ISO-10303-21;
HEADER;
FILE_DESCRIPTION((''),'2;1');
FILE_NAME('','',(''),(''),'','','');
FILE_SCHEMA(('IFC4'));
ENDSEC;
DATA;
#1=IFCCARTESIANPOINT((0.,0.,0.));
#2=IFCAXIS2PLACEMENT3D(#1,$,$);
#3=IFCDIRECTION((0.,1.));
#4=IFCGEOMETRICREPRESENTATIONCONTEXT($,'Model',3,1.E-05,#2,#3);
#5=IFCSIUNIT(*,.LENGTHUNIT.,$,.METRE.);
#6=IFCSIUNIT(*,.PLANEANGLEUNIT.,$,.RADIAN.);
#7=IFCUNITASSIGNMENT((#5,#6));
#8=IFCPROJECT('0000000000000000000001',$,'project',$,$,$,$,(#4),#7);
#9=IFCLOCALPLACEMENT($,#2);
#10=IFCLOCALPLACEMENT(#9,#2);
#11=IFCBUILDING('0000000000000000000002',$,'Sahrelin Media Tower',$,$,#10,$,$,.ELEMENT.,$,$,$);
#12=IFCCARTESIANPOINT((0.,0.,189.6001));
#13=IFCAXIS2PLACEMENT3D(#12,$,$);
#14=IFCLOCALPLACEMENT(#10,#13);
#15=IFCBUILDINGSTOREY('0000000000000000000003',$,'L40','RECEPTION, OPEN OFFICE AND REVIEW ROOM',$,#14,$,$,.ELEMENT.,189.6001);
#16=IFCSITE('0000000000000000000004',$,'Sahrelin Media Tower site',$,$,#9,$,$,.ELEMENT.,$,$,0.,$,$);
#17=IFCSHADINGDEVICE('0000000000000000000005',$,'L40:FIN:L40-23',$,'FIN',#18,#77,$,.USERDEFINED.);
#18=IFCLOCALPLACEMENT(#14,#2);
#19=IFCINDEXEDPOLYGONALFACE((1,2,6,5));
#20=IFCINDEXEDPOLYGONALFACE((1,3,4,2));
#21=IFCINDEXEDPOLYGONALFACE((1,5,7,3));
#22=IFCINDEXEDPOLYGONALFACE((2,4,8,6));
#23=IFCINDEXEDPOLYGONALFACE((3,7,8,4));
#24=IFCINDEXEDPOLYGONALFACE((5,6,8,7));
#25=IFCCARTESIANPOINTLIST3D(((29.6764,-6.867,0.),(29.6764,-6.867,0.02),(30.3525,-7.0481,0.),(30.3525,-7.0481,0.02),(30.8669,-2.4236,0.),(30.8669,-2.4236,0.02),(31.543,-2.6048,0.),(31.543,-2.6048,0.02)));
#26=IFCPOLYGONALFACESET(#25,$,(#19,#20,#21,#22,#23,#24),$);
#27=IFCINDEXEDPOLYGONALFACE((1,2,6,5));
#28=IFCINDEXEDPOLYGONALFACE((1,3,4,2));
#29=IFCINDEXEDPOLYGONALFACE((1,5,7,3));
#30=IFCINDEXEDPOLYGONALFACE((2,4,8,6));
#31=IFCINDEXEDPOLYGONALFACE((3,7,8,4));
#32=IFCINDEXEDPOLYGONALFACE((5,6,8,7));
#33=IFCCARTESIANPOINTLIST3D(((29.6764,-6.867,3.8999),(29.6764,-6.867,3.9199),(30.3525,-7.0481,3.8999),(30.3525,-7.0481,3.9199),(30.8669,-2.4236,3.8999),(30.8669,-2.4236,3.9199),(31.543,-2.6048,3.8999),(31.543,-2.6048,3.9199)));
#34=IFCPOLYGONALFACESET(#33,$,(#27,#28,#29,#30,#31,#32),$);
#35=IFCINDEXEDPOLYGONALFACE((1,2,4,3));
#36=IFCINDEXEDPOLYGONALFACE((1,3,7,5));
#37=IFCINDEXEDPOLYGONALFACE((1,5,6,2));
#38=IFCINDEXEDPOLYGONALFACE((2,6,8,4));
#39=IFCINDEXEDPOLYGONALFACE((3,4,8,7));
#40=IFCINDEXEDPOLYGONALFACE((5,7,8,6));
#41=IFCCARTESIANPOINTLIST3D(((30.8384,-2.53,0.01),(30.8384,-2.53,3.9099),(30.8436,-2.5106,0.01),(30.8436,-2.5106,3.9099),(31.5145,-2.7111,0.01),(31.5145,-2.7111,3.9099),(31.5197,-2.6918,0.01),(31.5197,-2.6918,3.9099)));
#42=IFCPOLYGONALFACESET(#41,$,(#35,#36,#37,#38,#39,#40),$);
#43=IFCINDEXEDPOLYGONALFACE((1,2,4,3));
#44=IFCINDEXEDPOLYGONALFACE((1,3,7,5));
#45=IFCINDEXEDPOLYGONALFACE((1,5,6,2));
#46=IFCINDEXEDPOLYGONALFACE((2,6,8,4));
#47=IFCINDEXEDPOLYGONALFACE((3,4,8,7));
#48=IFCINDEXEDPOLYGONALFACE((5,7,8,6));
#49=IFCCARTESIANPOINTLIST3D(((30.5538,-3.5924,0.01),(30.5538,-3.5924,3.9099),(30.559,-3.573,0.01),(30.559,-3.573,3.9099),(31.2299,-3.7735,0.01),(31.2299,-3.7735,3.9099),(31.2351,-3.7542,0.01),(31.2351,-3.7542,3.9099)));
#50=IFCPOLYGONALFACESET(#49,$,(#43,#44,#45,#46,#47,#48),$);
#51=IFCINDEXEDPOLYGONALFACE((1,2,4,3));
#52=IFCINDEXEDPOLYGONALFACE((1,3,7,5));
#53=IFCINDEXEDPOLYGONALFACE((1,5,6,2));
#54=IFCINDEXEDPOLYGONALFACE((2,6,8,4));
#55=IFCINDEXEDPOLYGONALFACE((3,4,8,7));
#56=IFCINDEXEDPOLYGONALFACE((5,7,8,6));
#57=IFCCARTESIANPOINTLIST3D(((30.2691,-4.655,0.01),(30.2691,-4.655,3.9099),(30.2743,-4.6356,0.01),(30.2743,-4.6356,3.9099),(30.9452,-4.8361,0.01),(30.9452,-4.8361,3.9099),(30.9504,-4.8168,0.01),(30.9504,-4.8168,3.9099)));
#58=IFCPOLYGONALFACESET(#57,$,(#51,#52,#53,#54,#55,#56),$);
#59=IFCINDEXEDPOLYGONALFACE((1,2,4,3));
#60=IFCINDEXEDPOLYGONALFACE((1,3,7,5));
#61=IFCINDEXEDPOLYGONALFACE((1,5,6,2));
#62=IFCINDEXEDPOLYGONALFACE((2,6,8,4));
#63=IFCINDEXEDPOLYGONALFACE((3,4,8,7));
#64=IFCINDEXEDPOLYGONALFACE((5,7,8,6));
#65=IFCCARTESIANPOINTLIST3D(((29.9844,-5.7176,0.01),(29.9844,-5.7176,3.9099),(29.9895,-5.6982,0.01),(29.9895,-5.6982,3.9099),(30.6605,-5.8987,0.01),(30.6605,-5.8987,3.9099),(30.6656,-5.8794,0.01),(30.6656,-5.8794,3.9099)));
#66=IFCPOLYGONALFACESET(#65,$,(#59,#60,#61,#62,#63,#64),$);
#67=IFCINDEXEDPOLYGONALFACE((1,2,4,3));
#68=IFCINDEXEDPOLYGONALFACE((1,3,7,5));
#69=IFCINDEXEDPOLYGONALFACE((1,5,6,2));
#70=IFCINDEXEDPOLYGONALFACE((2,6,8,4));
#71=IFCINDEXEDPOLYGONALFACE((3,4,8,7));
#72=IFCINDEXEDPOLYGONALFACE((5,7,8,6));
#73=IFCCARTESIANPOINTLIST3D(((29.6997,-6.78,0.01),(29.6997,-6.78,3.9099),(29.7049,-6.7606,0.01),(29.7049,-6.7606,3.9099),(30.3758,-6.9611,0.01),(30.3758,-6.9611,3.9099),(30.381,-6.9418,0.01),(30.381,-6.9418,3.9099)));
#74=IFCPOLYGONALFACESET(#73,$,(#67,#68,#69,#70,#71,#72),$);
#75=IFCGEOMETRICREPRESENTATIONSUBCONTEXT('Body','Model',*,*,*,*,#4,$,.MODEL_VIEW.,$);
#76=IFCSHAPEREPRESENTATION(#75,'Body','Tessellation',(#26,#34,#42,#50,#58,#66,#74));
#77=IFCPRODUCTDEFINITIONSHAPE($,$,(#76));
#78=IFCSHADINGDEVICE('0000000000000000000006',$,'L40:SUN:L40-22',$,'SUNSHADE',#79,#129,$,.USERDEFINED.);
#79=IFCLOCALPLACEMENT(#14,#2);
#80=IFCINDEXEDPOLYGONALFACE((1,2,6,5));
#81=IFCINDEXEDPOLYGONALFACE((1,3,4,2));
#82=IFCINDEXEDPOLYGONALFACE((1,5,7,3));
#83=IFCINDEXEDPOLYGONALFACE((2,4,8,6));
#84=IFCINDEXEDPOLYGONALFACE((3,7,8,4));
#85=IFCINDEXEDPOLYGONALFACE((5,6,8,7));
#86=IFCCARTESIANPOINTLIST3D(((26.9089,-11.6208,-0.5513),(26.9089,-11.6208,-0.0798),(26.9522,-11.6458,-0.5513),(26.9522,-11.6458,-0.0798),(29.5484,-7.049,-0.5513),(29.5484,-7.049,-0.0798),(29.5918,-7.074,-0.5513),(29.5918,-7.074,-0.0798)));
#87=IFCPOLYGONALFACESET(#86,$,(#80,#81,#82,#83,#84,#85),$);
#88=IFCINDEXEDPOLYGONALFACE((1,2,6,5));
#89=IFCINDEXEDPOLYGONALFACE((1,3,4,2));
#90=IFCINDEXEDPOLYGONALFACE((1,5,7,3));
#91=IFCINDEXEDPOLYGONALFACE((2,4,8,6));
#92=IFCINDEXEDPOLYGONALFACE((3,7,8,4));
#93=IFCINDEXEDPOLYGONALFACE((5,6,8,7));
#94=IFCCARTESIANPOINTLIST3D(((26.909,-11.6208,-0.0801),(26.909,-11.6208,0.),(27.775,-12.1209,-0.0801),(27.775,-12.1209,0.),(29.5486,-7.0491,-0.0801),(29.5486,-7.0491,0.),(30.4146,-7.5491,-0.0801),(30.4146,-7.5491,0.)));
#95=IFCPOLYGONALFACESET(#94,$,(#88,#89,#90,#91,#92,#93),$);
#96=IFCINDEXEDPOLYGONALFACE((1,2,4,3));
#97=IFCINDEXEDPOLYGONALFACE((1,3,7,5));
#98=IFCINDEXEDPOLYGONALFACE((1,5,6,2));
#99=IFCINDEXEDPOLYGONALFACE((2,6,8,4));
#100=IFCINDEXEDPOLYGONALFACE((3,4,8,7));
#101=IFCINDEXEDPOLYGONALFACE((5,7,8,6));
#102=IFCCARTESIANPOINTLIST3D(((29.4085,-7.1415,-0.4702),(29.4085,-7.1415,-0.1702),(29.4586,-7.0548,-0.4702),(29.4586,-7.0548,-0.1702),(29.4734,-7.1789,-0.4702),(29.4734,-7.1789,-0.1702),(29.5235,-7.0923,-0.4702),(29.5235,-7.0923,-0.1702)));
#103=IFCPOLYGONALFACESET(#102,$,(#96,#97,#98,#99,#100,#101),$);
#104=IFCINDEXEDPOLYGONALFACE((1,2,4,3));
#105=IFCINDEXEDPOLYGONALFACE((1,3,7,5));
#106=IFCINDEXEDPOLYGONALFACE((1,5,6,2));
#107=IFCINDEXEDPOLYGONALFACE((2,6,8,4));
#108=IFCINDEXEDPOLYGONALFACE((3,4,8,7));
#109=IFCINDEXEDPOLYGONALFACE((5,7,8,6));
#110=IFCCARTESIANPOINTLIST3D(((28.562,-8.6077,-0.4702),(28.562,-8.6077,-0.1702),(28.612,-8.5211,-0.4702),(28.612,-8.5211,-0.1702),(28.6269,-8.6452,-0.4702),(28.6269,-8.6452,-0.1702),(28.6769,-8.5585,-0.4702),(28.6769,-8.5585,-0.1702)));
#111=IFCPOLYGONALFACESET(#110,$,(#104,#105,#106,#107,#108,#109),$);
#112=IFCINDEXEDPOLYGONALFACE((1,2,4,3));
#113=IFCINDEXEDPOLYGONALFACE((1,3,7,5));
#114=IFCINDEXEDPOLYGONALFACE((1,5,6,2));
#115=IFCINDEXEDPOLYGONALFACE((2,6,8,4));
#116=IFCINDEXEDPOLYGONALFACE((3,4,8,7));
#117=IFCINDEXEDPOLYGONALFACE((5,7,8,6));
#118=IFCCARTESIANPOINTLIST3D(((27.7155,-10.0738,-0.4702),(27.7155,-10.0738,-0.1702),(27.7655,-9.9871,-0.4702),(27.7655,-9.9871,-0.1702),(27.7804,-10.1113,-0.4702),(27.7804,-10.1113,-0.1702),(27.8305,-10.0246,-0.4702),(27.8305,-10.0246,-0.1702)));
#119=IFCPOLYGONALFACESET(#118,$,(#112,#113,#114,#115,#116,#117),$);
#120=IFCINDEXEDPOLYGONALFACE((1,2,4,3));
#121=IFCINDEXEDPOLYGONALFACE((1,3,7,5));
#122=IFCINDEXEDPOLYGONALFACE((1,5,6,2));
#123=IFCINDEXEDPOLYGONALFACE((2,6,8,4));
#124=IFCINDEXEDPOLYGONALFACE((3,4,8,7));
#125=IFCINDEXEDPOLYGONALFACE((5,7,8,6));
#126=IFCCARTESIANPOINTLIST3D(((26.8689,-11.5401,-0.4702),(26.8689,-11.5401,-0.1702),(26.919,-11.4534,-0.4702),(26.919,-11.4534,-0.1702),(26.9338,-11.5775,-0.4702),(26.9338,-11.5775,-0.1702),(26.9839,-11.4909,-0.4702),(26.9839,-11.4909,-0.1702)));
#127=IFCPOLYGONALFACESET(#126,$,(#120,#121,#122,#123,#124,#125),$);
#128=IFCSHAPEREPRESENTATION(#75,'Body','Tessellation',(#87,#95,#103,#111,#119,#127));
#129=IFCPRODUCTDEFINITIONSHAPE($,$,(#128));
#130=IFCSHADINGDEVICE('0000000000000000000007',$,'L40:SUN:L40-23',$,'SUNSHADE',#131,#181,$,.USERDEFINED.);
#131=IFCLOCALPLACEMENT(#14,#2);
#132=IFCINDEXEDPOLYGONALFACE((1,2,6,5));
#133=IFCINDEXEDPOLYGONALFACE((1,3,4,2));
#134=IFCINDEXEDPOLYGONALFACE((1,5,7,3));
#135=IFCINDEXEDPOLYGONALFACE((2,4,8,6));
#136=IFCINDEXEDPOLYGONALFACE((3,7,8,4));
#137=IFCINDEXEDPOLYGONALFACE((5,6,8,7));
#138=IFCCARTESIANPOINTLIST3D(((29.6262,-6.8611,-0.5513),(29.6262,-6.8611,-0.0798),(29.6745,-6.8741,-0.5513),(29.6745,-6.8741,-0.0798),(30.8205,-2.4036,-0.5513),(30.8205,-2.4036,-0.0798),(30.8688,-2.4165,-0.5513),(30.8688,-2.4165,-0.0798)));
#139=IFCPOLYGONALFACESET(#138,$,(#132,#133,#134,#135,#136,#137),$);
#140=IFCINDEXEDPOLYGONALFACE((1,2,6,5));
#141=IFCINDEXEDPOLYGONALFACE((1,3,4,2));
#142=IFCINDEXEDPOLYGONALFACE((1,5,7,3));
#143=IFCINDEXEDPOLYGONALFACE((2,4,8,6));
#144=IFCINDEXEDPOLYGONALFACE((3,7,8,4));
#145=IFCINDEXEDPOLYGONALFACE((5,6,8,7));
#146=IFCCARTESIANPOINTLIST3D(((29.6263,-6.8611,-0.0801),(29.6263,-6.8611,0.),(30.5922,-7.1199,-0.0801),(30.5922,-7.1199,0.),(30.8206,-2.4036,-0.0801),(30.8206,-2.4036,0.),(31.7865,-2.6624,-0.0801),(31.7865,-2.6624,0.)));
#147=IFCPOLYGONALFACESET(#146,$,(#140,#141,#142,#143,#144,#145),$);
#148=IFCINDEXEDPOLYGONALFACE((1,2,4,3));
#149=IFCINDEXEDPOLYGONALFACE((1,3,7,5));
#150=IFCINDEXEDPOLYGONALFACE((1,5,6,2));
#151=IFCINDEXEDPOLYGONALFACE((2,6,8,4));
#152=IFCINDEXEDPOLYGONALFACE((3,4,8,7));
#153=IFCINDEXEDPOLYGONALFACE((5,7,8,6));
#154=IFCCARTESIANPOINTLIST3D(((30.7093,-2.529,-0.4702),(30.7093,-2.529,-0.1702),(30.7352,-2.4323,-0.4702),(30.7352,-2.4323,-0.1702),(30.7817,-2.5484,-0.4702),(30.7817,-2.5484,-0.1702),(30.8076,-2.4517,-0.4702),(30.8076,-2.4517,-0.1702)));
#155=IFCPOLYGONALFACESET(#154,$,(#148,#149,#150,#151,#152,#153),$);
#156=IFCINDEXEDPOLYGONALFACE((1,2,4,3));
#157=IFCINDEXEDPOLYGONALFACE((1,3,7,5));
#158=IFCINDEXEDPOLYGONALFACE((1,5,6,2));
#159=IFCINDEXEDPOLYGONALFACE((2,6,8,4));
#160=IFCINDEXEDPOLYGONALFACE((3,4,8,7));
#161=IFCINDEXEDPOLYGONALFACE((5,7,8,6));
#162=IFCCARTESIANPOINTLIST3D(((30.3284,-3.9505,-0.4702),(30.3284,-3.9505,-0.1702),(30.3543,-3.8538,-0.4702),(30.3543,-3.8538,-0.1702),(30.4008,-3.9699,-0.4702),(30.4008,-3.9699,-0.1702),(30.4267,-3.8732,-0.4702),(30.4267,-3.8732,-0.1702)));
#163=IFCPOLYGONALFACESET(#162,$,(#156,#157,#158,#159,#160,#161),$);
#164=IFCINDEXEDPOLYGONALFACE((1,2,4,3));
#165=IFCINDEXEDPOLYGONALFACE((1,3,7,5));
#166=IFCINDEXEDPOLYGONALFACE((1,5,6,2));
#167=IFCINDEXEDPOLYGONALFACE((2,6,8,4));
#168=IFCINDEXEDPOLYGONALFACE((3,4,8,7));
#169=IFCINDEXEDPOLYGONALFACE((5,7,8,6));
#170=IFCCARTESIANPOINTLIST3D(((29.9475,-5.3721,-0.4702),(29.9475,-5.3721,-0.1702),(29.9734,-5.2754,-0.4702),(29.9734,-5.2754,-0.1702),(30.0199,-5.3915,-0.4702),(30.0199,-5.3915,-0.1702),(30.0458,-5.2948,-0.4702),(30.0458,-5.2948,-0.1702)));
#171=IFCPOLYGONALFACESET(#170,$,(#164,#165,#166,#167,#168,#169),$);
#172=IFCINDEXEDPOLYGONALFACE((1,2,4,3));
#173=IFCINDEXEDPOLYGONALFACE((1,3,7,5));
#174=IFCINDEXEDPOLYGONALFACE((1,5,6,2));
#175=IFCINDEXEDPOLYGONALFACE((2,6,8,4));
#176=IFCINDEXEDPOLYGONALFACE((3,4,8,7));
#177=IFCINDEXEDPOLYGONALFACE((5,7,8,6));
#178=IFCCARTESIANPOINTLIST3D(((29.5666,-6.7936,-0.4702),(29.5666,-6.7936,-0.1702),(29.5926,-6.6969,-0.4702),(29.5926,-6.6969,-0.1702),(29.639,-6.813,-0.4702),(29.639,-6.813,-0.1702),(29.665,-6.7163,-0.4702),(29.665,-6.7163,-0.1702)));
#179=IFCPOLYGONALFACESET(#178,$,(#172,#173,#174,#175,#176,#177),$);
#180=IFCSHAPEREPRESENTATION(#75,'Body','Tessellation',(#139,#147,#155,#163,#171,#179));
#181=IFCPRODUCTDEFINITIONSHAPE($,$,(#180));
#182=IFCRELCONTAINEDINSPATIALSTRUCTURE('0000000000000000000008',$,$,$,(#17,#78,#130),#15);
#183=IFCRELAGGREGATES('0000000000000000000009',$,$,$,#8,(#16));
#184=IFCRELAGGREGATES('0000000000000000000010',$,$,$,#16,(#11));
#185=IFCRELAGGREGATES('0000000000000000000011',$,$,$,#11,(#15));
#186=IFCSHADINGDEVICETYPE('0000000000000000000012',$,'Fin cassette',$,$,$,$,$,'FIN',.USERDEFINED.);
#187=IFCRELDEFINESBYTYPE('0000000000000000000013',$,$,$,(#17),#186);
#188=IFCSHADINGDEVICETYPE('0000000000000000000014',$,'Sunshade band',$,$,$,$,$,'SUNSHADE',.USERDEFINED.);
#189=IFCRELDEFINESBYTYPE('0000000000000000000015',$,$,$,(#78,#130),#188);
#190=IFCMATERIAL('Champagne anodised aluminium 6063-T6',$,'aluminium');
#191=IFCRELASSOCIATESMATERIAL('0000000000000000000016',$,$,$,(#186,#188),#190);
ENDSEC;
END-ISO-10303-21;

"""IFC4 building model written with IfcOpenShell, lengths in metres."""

from ifc_helpers import new_model, si_unit, direction, frame, origin, origin_2d, place, context, subcontext, project, spatial, rectangle, extrude, material, type_object, element, save


model = new_model("IFC4")

# Units and contexts
model_context = context("Model", 3, precision=1e-05, world=origin(), true_north=direction((0.0, 1.0)))
body_context = subcontext(model_context, "Body", "Model", "MODEL_VIEW")
ifc_project = project(units=[si_unit("LENGTHUNIT", "METRE"), si_unit("PLANEANGLEUNIT", "RADIAN")], contexts=[model_context])

# Site, building, storey
site_placement = place(None, origin())
site = spatial("IfcSite", under=ifc_project, at=site_placement, Name="Sahrelin Media Tower site", CompositionType="ELEMENT", RefElevation=0.0)
building_placement = place(site_placement, origin())
building = spatial("IfcBuilding", under=site, at=building_placement, Name="Sahrelin Media Tower", CompositionType="ELEMENT")
storey_placement = place(building_placement, frame((0.0, 0.0, 189.6001)))
storey = spatial("IfcBuildingStorey", under=building, at=storey_placement, Name="L40", Description="RECEPTION, OPEN OFFICE AND REVIEW ROOM", CompositionType="ELEMENT", Elevation=189.6001)

# Shared definitions
ifc_material_1 = material(Name="Champagne anodised aluminium 6063-T6", Category="aluminium")

# Shading devices
shading_device_type_1 = type_object("IfcShadingDeviceType", Name="Fin cassette", ElementType="FIN", PredefinedType="USERDEFINED", material=ifc_material_1)
placement_1 = place(storey_placement, frame((28.2114, -9.325, 0.0), z_axis=(0.0, 0.0, 1.0), x_axis=(-0.500011, -0.866019, 0.0)))
placement_2 = place(storey_placement, frame((30.2041, -4.6272, 0.0), z_axis=(0.0, 0.0, 1.0), x_axis=(-0.258808, -0.965929, 0.0)))
element("IfcShadingDevice", 1, at=placement_2, inside=storey, type_object=shading_device_type_1, Name="L40:FIN:L40-23", ObjectType="FIN", PredefinedType="USERDEFINED", context=body_context, shape_type="SweptSolid", body=[
    extrude(rectangle(XDim=4.6001, YDim=0.7, at=origin_2d()), frame((0.0, 0.4199, 0.0)), (0.0, 0.0, 1.0), 0.02),
    extrude(rectangle(XDim=4.6001, YDim=0.7, at=origin_2d()), frame((0.0, 0.4199, 3.8999)), (0.0, 0.0, 1.0), 0.02),
    extrude(rectangle(XDim=0.02, YDim=0.7, at=origin_2d()), frame((-2.2, 0.4199, 0.01), z_axis=(0.0, 0.0, 1.0), x_axis=(1.0, 0.0, 0.0)), (0.0, 0.0, 1.0), 3.8999),
    extrude(rectangle(XDim=0.02, YDim=0.7, at=origin_2d()), frame((-1.1001, 0.4199, 0.01), z_axis=(0.0, 0.0, 1.0), x_axis=(1.0, 0.0, 0.0)), (0.0, 0.0, 1.0), 3.8999),
    extrude(rectangle(XDim=0.02, YDim=0.7, at=origin_2d()), frame((0.0, 0.4199, 0.01), z_axis=(0.0, 0.0, 1.0), x_axis=(1.0, 0.0, 0.0)), (0.0, 0.0, 1.0), 3.8999),
    extrude(rectangle(XDim=0.02, YDim=0.7, at=origin_2d()), frame((1.1001, 0.4199, 0.01), z_axis=(0.0, 0.0, 1.0), x_axis=(1.0, 0.0, 0.0)), (0.0, 0.0, 1.0), 3.8999),
    extrude(rectangle(XDim=0.02, YDim=0.7, at=origin_2d()), frame((2.2, 0.4199, 0.01), z_axis=(0.0, 0.0, 1.0), x_axis=(1.0, 0.0, 0.0)), (0.0, 0.0, 1.0), 3.8999),
])
shading_device_type_2 = type_object("IfcShadingDeviceType", Name="Sunshade band", ElementType="SUNSHADE", PredefinedType="USERDEFINED", material=ifc_material_1)
element("IfcShadingDevice", 2, at=placement_1, inside=storey, type_object=shading_device_type_2, Name="L40:SUN:L40-22", ObjectType="SUNSHADE", PredefinedType="USERDEFINED", context=body_context, shape_type="SweptSolid", body=[
    extrude(rectangle(XDim=5.2791, YDim=0.05, at=origin_2d()), frame((0.0, 0.0449, -0.5513)), (0.0, 0.0, 1.0), 0.4714),
    extrude(rectangle(XDim=5.2791, YDim=1.0, at=origin_2d()), frame((0.0, 0.52, -0.0801)), (0.0, 0.0, 1.0), 0.0801),
    extrude(rectangle(XDim=0.1001, YDim=0.075, at=origin_2d()), frame((-2.5396, -0.0176, -0.4702)), (0.0, 0.0, 1.0), 0.3),
    extrude(rectangle(XDim=0.1001, YDim=0.075, at=origin_2d()), frame((-0.8464, -0.0176, -0.4702)), (0.0, 0.0, 1.0), 0.3),
    extrude(rectangle(XDim=0.1001, YDim=0.075, at=origin_2d()), frame((0.8464, -0.0176, -0.4702)), (0.0, 0.0, 1.0), 0.3),
    extrude(rectangle(XDim=0.1001, YDim=0.075, at=origin_2d()), frame((2.5396, -0.0176, -0.4702)), (0.0, 0.0, 1.0), 0.3),
])
element("IfcShadingDevice", 3, at=placement_2, inside=storey, type_object=shading_device_type_2, Name="L40:SUN:L40-23", ObjectType="SUNSHADE", PredefinedType="USERDEFINED", context=body_context, shape_type="SweptSolid", body=[
    extrude(rectangle(XDim=4.6147, YDim=0.05, at=origin_2d()), frame((0.0, 0.0449, -0.5513)), (0.0, 0.0, 1.0), 0.4714),
    extrude(rectangle(XDim=4.6147, YDim=1.0, at=origin_2d()), frame((0.0, 0.52, -0.0801)), (0.0, 0.0, 1.0), 0.0801),
    extrude(rectangle(XDim=0.1001, YDim=0.075, at=origin_2d()), frame((-2.2075, -0.0176, -0.4702)), (0.0, 0.0, 1.0), 0.3),
    extrude(rectangle(XDim=0.1001, YDim=0.075, at=origin_2d()), frame((-0.7358, -0.0176, -0.4702)), (0.0, 0.0, 1.0), 0.3),
    extrude(rectangle(XDim=0.1001, YDim=0.075, at=origin_2d()), frame((0.7358, -0.0176, -0.4702)), (0.0, 0.0, 1.0), 0.3),
    extrude(rectangle(XDim=0.1001, YDim=0.075, at=origin_2d()), frame((2.2075, -0.0176, -0.4702)), (0.0, 0.0, 1.0), 0.3),
])

save(model, "model.ifc")
